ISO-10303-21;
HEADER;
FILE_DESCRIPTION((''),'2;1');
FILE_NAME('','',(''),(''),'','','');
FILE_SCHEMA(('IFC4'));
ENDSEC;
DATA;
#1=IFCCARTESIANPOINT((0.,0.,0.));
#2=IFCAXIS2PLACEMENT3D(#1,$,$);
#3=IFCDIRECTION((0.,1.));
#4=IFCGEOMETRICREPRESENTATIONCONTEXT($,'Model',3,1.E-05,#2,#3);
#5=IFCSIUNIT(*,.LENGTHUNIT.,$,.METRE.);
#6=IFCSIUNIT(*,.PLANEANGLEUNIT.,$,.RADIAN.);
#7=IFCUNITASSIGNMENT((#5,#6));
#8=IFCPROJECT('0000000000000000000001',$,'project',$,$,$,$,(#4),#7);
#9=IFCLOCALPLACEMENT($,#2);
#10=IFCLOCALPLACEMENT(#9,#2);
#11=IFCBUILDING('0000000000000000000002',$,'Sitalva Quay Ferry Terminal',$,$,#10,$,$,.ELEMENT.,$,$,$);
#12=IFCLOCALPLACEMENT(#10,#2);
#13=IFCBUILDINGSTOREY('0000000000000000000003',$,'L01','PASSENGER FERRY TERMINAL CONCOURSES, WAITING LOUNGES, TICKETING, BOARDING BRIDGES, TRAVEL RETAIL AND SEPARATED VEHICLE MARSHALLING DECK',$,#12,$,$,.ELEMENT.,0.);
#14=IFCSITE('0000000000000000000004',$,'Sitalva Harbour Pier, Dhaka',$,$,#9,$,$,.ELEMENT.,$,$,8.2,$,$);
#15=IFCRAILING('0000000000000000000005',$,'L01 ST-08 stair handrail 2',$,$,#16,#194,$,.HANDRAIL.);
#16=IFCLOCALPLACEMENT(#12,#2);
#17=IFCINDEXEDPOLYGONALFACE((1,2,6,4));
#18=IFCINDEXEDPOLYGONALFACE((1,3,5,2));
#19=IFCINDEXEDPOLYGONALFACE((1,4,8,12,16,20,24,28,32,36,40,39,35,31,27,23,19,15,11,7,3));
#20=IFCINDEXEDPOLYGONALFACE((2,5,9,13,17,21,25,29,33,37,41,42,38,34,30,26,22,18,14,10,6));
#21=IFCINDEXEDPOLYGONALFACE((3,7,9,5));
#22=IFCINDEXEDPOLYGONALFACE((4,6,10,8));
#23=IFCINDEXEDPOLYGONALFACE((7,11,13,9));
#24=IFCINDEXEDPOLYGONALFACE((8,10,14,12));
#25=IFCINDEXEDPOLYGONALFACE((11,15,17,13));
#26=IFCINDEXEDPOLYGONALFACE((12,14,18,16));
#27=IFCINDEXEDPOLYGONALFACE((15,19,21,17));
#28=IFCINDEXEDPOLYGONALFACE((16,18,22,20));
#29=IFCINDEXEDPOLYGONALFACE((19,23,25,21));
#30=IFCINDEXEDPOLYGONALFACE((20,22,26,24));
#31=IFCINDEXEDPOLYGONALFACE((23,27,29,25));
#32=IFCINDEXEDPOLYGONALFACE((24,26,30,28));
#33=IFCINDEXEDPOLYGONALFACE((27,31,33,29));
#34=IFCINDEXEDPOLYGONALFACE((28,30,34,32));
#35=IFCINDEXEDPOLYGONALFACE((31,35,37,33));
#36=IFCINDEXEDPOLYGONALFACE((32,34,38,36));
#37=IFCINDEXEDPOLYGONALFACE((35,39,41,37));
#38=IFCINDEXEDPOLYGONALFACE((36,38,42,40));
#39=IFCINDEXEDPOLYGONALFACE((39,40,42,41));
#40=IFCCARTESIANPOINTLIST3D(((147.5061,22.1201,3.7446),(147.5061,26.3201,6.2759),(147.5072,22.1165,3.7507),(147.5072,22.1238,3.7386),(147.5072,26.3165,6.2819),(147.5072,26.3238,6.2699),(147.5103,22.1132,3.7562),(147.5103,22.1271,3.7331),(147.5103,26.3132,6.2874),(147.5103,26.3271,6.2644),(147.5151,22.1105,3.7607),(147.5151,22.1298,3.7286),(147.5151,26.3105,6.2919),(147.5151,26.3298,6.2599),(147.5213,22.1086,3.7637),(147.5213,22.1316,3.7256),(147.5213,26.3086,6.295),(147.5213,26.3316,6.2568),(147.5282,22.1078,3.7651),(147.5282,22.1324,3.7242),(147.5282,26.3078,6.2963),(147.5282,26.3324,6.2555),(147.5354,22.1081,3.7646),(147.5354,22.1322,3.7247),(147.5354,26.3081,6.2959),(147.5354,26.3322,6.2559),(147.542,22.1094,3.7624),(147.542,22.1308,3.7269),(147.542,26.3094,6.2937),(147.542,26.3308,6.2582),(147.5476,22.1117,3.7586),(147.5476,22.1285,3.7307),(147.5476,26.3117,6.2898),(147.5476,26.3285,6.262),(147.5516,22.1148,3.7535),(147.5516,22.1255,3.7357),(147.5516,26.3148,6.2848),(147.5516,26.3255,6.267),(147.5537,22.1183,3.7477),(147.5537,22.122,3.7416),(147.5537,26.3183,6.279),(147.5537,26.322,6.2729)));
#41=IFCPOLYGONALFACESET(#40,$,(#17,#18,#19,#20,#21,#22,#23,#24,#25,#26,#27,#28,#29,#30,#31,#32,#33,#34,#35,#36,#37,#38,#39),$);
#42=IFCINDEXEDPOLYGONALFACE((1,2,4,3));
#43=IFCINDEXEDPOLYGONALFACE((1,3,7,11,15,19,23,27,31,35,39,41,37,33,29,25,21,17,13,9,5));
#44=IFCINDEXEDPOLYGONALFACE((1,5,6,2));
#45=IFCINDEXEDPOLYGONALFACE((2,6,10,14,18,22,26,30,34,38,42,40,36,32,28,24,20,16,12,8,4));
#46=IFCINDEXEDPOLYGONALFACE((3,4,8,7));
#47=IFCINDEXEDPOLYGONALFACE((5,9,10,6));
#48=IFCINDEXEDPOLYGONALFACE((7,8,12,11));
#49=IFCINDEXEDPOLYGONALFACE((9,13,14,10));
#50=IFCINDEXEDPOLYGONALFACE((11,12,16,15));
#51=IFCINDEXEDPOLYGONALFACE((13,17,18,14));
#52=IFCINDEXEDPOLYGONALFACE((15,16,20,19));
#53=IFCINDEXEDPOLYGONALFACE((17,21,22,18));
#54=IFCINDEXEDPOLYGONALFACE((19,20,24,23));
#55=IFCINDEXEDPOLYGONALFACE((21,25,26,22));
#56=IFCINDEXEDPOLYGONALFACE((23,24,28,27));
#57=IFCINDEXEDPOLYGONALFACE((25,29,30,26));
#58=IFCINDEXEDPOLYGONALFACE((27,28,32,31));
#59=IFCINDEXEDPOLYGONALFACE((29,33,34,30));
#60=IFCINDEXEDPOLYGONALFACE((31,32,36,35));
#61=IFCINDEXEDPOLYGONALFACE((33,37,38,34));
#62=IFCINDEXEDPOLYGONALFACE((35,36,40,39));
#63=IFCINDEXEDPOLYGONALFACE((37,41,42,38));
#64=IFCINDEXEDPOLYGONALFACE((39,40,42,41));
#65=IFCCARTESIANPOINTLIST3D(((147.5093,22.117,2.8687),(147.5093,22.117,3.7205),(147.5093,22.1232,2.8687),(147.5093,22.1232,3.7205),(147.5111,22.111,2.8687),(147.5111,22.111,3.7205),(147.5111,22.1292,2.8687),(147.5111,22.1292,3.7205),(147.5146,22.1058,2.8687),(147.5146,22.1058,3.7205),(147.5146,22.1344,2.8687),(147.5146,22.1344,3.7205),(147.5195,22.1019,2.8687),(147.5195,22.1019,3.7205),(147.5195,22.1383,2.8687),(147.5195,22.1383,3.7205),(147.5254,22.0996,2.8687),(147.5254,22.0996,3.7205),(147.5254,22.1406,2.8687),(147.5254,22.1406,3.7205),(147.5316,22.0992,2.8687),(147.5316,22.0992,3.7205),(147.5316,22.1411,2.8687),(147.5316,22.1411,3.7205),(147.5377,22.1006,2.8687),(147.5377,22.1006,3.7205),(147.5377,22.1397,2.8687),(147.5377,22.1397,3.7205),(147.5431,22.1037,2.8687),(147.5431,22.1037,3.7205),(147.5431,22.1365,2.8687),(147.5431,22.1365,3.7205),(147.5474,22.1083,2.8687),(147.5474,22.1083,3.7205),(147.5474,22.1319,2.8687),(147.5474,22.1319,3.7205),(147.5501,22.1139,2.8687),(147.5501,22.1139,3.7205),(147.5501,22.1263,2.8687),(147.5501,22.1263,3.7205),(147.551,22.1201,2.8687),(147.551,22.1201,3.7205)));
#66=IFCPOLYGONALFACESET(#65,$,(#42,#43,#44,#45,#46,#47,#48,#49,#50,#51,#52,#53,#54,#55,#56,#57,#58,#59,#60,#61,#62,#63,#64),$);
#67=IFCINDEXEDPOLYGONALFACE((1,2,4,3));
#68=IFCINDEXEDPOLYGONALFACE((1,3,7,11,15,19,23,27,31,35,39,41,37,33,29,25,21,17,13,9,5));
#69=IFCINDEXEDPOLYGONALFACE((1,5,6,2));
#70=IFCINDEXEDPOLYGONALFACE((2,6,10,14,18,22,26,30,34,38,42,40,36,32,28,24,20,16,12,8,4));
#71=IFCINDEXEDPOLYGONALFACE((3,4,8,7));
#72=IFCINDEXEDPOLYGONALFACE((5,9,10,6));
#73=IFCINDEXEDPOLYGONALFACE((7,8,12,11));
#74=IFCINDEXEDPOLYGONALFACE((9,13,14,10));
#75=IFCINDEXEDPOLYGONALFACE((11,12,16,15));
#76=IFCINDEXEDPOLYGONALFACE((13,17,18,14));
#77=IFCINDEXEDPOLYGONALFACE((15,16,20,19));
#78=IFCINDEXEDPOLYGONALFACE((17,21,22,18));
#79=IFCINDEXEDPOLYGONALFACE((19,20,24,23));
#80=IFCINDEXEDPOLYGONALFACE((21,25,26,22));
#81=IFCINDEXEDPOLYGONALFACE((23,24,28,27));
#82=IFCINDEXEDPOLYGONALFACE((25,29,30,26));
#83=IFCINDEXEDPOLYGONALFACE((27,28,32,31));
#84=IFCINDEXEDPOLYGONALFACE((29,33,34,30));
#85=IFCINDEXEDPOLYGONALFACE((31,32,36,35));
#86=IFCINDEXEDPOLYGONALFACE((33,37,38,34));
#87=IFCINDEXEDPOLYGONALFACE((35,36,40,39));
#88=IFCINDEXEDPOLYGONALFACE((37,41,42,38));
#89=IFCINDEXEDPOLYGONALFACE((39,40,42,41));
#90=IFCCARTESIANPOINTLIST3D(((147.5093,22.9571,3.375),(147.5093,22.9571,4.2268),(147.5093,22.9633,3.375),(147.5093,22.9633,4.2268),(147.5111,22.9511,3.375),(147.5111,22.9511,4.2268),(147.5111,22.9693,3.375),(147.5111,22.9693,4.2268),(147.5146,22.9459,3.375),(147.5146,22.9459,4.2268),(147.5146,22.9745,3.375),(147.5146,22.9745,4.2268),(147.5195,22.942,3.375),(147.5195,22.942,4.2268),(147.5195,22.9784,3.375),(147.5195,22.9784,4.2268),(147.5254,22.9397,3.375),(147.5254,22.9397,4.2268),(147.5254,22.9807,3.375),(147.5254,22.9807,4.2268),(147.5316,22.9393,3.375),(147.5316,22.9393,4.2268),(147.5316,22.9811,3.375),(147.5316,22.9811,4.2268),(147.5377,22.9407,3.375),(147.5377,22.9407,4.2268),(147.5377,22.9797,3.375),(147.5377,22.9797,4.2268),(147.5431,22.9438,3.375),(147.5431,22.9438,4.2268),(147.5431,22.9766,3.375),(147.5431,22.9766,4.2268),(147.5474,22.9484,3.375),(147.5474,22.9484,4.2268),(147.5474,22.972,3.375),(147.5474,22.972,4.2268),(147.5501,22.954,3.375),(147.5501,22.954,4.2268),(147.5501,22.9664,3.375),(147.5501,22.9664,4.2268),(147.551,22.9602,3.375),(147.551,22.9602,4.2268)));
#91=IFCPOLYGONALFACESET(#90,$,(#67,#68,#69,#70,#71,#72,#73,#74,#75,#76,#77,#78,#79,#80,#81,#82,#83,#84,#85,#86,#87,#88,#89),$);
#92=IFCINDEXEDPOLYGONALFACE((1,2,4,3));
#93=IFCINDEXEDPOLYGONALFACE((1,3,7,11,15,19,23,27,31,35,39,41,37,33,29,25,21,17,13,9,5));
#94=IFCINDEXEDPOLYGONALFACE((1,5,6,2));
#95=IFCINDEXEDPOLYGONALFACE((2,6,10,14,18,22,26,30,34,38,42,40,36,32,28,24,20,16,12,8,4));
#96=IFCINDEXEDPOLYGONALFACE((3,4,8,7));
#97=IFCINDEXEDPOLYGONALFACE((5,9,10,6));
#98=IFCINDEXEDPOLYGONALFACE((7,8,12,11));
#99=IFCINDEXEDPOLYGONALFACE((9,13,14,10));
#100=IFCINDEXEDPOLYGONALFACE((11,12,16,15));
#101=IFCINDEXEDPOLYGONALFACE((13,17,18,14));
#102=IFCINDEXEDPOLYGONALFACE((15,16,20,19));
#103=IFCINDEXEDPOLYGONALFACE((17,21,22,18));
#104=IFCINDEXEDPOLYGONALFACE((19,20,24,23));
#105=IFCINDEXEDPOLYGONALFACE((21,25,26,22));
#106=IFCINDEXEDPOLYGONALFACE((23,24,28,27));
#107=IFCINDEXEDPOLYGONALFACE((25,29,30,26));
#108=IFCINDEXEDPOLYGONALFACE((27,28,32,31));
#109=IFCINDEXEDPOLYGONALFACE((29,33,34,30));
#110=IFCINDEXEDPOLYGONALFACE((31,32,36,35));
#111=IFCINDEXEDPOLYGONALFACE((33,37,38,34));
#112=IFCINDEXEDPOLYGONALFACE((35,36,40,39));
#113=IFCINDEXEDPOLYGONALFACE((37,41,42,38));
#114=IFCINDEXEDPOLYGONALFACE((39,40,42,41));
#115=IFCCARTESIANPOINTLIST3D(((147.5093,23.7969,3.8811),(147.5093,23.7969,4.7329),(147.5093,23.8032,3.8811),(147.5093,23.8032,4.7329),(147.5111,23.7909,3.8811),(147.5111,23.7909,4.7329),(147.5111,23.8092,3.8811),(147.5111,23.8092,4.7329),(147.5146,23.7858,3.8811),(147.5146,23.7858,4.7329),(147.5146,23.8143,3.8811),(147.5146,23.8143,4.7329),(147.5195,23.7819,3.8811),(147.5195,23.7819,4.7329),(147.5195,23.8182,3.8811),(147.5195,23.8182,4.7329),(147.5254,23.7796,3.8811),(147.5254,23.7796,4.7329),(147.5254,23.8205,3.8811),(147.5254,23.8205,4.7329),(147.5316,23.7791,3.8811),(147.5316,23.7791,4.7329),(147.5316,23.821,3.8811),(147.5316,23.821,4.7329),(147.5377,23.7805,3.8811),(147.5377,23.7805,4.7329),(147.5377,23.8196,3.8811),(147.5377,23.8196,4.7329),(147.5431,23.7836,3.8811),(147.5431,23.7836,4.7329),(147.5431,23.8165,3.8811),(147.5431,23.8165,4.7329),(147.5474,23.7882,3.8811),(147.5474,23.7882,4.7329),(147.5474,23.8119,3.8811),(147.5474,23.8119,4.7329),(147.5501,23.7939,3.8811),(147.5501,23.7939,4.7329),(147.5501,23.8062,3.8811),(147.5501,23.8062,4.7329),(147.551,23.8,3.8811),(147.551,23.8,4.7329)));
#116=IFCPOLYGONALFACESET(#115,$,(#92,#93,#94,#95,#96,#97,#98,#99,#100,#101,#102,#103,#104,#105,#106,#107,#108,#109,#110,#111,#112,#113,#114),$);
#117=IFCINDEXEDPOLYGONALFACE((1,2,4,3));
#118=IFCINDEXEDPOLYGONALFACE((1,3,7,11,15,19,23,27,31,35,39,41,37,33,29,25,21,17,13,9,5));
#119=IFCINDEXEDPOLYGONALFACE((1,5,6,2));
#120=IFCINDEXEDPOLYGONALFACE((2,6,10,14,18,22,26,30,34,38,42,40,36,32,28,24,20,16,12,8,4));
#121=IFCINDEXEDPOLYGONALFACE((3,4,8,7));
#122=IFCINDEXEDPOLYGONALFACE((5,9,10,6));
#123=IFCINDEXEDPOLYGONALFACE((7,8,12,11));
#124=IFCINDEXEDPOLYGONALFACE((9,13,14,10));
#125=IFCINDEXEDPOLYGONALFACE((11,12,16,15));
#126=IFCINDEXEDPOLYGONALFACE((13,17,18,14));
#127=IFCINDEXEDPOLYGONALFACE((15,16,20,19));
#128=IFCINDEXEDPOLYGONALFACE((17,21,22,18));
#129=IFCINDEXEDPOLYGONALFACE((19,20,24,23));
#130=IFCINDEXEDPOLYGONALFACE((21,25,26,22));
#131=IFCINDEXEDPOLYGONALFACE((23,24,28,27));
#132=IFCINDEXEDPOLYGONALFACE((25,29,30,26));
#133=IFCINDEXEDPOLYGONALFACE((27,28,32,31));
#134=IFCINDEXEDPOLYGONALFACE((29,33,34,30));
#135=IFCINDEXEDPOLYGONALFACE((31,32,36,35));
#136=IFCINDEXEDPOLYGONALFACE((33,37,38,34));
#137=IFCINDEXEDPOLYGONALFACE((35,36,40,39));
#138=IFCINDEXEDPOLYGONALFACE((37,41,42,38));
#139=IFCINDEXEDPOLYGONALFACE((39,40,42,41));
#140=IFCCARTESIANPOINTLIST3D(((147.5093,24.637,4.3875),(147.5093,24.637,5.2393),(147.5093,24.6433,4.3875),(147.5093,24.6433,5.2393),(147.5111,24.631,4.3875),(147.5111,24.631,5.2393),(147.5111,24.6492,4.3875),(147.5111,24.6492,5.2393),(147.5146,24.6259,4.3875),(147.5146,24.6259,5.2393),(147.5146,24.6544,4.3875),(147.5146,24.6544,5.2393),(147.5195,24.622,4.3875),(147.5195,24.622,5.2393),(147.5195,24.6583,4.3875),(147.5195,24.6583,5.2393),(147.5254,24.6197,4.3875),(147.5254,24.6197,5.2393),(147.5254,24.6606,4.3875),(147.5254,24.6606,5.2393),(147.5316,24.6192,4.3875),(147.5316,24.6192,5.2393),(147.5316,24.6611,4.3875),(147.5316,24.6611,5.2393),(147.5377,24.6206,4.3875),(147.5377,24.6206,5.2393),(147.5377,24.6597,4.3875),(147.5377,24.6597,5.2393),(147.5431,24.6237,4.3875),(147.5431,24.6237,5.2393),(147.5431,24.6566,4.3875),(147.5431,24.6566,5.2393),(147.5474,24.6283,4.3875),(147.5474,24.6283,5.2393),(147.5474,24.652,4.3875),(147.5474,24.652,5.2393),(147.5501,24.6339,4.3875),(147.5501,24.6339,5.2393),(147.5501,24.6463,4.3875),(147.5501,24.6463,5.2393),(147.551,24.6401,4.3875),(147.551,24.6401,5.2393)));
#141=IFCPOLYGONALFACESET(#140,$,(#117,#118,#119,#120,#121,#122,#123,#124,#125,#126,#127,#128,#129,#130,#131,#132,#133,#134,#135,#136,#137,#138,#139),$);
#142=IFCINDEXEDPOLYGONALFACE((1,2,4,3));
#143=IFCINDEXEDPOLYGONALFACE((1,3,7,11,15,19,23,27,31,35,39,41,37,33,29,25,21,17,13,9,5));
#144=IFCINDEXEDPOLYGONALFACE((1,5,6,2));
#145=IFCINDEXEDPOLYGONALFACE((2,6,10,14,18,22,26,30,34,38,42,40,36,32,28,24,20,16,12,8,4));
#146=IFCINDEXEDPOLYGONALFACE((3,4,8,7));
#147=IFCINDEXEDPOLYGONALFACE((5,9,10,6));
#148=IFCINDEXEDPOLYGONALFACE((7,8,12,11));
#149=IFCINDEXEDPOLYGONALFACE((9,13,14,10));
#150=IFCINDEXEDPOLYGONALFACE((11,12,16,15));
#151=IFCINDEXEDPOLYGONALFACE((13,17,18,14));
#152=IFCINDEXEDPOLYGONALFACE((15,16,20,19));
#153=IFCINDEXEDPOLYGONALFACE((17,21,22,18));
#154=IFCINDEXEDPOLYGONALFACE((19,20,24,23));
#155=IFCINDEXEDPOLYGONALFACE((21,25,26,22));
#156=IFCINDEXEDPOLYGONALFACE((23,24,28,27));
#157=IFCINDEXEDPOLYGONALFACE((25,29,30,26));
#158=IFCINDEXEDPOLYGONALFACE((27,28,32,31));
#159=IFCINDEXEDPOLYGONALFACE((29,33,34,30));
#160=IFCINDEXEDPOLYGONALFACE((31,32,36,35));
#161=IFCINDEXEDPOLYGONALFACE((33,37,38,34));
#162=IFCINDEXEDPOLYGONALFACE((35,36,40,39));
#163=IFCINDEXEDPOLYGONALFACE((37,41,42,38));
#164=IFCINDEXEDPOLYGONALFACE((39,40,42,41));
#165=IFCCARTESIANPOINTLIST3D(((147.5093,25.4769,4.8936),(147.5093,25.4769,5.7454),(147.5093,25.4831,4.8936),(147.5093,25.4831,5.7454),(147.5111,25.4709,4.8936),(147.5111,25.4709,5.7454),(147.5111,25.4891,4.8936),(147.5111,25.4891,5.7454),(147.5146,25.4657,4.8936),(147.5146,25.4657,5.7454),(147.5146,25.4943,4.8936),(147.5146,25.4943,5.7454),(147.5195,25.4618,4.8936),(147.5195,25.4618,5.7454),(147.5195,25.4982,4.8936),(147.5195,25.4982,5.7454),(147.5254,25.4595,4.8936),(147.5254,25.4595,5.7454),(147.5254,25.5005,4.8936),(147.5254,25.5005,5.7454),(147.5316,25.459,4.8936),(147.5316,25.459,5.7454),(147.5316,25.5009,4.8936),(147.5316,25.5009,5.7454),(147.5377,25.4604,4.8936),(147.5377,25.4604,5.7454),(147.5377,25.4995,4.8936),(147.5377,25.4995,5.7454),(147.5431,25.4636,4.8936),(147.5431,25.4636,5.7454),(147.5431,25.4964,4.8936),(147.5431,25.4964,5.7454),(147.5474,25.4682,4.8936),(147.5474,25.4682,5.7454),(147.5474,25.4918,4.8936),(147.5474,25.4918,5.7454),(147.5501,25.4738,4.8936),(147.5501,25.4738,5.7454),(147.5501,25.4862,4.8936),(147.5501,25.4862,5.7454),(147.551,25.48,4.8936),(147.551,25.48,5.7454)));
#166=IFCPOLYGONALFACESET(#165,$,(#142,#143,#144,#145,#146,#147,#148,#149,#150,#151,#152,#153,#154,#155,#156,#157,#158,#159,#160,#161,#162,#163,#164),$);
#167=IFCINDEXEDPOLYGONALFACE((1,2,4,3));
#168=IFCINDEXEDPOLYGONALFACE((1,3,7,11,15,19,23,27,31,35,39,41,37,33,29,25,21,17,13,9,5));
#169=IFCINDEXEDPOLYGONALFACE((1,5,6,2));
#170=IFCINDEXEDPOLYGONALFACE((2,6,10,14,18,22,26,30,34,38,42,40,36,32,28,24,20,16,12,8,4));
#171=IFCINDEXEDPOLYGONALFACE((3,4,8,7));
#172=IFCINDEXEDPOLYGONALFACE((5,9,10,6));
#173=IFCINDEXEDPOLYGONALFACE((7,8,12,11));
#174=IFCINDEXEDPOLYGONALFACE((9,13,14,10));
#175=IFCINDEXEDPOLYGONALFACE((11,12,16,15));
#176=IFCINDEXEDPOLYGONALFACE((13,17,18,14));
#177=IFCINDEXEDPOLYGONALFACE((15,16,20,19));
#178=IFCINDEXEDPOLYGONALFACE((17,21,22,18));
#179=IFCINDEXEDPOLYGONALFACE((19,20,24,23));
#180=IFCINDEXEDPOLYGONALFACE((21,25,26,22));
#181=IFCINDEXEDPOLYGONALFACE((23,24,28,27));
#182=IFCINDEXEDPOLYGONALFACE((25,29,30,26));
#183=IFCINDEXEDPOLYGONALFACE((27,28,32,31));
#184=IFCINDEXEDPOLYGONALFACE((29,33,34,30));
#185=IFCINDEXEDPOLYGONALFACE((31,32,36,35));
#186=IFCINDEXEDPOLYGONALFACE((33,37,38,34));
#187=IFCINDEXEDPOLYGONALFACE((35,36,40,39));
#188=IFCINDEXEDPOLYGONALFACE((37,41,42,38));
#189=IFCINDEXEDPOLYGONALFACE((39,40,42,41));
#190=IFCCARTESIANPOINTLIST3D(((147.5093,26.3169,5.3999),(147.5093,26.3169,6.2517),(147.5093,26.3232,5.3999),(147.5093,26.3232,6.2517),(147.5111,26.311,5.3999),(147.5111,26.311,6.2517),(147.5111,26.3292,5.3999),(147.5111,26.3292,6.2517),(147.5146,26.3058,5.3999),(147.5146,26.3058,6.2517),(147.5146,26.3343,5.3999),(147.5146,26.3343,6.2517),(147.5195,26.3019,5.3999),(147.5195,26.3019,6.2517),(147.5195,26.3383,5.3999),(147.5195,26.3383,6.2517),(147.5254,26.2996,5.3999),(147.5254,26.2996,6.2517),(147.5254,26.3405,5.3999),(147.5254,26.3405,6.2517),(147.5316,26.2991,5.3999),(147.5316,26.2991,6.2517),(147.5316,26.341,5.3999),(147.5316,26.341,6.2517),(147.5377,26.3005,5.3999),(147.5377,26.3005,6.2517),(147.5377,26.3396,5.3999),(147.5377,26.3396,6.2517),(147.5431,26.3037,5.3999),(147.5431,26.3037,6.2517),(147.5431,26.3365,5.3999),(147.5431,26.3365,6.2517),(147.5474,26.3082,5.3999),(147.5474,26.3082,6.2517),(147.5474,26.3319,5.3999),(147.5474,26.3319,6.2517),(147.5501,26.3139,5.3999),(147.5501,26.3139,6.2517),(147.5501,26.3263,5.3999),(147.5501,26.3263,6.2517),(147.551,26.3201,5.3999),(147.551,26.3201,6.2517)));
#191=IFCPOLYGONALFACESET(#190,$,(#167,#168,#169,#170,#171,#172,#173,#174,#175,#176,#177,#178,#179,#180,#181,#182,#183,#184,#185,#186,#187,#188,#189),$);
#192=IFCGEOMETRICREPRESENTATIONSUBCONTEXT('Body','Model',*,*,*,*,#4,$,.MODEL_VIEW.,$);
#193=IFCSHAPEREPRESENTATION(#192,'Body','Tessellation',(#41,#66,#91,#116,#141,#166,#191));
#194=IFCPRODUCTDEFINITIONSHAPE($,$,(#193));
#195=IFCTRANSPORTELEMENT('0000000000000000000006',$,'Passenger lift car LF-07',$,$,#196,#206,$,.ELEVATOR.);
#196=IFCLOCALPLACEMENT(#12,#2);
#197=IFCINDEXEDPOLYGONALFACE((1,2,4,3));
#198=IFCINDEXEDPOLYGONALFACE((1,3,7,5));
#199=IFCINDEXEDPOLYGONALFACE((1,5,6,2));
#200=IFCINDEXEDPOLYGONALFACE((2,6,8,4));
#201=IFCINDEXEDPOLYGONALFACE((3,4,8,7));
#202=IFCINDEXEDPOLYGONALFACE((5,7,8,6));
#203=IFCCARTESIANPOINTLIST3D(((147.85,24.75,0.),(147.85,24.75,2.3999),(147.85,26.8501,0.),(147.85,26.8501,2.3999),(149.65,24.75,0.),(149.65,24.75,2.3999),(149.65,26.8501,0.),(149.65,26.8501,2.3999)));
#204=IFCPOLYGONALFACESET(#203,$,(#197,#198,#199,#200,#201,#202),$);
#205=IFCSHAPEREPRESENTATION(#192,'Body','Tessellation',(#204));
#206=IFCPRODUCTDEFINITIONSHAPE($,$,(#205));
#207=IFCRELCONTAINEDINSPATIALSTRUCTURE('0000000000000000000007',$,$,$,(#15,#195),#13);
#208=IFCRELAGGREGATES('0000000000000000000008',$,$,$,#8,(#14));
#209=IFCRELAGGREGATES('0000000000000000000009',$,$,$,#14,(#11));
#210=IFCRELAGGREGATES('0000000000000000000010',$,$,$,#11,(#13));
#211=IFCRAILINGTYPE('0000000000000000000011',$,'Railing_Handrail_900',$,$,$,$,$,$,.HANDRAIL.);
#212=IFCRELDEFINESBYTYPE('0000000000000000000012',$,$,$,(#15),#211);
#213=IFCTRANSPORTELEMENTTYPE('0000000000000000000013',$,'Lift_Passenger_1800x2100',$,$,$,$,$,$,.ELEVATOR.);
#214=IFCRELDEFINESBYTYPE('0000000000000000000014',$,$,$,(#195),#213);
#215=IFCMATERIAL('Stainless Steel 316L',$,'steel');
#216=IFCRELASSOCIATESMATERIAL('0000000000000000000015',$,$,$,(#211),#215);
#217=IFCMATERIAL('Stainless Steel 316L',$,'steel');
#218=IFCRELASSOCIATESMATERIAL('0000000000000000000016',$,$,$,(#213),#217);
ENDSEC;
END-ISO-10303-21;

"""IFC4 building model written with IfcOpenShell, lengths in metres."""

from ifc_helpers import new_model, si_unit, direction, frame, origin, origin_2d, place, context, subcontext, project, spatial, rectangle, circle, extrude, material, type_object, element, save


model = new_model("IFC4")

# Units and contexts
model_context = context("Model", 3, precision=1e-05, world=origin(), true_north=direction((0.0, 1.0)))
body_context = subcontext(model_context, "Body", "Model", "MODEL_VIEW")
ifc_project = project(units=[si_unit("LENGTHUNIT", "METRE"), si_unit("PLANEANGLEUNIT", "RADIAN")], contexts=[model_context])

# Site, building, storey
site_placement = place(None, origin())
site = spatial("IfcSite", under=ifc_project, at=site_placement, Name="Sitalva Harbour Pier, Dhaka", CompositionType="ELEMENT", RefElevation=8.2)
building_placement = place(site_placement, origin())
building = spatial("IfcBuilding", under=site, at=building_placement, Name="Sitalva Quay Ferry Terminal", CompositionType="ELEMENT")
storey_placement = place(building_placement, origin())
storey = spatial("IfcBuildingStorey", under=building, at=storey_placement, Name="L01", Description="PASSENGER FERRY TERMINAL CONCOURSES, WAITING LOUNGES, TICKETING, BOARDING BRIDGES, TRAVEL RETAIL AND SEPARATED VEHICLE MARSHALLING DECK", CompositionType="ELEMENT", Elevation=0.0)

# Railing
ifc_material_1 = material(Name="Stainless Steel 316L", Category="steel")
railing_type_1 = type_object("IfcRailingType", Name="Railing_Handrail_900", PredefinedType="HANDRAIL", material=ifc_material_1)
railing_1_placement = place(storey_placement, frame((147.53, 22.1201, 2.8687)))
element("IfcRailing", 1, at=railing_1_placement, inside=storey, type_object=railing_type_1, Name="L01 ST-08 stair handrail 2", PredefinedType="HANDRAIL", context=body_context, shape_type="SweptSolid", body=[
    extrude(circle(Radius=0.0239, at=origin_2d()), frame((0.0, 0.0, 0.876), z_axis=(0.0, 0.856476, 0.516186), x_axis=(-1.0, 0.0, 0.0)), (0.0, 0.0, 1.0), 4.9038),
    extrude(circle(Radius=0.021, at=origin_2d()), origin(), (0.0, 0.0, 1.0), 0.8518),
    extrude(circle(Radius=0.021, at=origin_2d()), frame((0.0, 0.8401, 0.5063)), (0.0, 0.0, 1.0), 0.8518),
    extrude(circle(Radius=0.021, at=origin_2d()), frame((0.0, 1.6799, 1.0125)), (0.0, 0.0, 1.0), 0.8518),
    extrude(circle(Radius=0.021, at=origin_2d()), frame((0.0, 2.52, 1.5188)), (0.0, 0.0, 1.0), 0.8518),
    extrude(circle(Radius=0.021, at=origin_2d()), frame((0.0, 3.3599, 2.0249)), (0.0, 0.0, 1.0), 0.8518),
    extrude(circle(Radius=0.021, at=origin_2d()), frame((0.0, 4.2, 2.5312)), (0.0, 0.0, 1.0), 0.8518),
])

# Transport element
ifc_material_2 = material(Name="Stainless Steel 316L", Category="steel")
transport_element_type = type_object("IfcTransportElementType", Name="Lift_Passenger_1800x2100", PredefinedType="ELEVATOR", material=ifc_material_2)
transport_element_placement = place(storey_placement, frame((148.75, 25.8, 0.0), z_axis=(0.0, 0.0, 1.0), x_axis=(1.0, 0.0, 0.0)))
element("IfcTransportElement", 2, at=transport_element_placement, inside=storey, type_object=transport_element_type, Name="Passenger lift car LF-07", PredefinedType="ELEVATOR", context=body_context, shape_type="SweptSolid", body=[
    extrude(rectangle(XDim=1.8, YDim=2.1001, at=origin_2d()), origin(), (0.0, 0.0, 1.0), 2.3999),
])

save(model, "model.ifc")
